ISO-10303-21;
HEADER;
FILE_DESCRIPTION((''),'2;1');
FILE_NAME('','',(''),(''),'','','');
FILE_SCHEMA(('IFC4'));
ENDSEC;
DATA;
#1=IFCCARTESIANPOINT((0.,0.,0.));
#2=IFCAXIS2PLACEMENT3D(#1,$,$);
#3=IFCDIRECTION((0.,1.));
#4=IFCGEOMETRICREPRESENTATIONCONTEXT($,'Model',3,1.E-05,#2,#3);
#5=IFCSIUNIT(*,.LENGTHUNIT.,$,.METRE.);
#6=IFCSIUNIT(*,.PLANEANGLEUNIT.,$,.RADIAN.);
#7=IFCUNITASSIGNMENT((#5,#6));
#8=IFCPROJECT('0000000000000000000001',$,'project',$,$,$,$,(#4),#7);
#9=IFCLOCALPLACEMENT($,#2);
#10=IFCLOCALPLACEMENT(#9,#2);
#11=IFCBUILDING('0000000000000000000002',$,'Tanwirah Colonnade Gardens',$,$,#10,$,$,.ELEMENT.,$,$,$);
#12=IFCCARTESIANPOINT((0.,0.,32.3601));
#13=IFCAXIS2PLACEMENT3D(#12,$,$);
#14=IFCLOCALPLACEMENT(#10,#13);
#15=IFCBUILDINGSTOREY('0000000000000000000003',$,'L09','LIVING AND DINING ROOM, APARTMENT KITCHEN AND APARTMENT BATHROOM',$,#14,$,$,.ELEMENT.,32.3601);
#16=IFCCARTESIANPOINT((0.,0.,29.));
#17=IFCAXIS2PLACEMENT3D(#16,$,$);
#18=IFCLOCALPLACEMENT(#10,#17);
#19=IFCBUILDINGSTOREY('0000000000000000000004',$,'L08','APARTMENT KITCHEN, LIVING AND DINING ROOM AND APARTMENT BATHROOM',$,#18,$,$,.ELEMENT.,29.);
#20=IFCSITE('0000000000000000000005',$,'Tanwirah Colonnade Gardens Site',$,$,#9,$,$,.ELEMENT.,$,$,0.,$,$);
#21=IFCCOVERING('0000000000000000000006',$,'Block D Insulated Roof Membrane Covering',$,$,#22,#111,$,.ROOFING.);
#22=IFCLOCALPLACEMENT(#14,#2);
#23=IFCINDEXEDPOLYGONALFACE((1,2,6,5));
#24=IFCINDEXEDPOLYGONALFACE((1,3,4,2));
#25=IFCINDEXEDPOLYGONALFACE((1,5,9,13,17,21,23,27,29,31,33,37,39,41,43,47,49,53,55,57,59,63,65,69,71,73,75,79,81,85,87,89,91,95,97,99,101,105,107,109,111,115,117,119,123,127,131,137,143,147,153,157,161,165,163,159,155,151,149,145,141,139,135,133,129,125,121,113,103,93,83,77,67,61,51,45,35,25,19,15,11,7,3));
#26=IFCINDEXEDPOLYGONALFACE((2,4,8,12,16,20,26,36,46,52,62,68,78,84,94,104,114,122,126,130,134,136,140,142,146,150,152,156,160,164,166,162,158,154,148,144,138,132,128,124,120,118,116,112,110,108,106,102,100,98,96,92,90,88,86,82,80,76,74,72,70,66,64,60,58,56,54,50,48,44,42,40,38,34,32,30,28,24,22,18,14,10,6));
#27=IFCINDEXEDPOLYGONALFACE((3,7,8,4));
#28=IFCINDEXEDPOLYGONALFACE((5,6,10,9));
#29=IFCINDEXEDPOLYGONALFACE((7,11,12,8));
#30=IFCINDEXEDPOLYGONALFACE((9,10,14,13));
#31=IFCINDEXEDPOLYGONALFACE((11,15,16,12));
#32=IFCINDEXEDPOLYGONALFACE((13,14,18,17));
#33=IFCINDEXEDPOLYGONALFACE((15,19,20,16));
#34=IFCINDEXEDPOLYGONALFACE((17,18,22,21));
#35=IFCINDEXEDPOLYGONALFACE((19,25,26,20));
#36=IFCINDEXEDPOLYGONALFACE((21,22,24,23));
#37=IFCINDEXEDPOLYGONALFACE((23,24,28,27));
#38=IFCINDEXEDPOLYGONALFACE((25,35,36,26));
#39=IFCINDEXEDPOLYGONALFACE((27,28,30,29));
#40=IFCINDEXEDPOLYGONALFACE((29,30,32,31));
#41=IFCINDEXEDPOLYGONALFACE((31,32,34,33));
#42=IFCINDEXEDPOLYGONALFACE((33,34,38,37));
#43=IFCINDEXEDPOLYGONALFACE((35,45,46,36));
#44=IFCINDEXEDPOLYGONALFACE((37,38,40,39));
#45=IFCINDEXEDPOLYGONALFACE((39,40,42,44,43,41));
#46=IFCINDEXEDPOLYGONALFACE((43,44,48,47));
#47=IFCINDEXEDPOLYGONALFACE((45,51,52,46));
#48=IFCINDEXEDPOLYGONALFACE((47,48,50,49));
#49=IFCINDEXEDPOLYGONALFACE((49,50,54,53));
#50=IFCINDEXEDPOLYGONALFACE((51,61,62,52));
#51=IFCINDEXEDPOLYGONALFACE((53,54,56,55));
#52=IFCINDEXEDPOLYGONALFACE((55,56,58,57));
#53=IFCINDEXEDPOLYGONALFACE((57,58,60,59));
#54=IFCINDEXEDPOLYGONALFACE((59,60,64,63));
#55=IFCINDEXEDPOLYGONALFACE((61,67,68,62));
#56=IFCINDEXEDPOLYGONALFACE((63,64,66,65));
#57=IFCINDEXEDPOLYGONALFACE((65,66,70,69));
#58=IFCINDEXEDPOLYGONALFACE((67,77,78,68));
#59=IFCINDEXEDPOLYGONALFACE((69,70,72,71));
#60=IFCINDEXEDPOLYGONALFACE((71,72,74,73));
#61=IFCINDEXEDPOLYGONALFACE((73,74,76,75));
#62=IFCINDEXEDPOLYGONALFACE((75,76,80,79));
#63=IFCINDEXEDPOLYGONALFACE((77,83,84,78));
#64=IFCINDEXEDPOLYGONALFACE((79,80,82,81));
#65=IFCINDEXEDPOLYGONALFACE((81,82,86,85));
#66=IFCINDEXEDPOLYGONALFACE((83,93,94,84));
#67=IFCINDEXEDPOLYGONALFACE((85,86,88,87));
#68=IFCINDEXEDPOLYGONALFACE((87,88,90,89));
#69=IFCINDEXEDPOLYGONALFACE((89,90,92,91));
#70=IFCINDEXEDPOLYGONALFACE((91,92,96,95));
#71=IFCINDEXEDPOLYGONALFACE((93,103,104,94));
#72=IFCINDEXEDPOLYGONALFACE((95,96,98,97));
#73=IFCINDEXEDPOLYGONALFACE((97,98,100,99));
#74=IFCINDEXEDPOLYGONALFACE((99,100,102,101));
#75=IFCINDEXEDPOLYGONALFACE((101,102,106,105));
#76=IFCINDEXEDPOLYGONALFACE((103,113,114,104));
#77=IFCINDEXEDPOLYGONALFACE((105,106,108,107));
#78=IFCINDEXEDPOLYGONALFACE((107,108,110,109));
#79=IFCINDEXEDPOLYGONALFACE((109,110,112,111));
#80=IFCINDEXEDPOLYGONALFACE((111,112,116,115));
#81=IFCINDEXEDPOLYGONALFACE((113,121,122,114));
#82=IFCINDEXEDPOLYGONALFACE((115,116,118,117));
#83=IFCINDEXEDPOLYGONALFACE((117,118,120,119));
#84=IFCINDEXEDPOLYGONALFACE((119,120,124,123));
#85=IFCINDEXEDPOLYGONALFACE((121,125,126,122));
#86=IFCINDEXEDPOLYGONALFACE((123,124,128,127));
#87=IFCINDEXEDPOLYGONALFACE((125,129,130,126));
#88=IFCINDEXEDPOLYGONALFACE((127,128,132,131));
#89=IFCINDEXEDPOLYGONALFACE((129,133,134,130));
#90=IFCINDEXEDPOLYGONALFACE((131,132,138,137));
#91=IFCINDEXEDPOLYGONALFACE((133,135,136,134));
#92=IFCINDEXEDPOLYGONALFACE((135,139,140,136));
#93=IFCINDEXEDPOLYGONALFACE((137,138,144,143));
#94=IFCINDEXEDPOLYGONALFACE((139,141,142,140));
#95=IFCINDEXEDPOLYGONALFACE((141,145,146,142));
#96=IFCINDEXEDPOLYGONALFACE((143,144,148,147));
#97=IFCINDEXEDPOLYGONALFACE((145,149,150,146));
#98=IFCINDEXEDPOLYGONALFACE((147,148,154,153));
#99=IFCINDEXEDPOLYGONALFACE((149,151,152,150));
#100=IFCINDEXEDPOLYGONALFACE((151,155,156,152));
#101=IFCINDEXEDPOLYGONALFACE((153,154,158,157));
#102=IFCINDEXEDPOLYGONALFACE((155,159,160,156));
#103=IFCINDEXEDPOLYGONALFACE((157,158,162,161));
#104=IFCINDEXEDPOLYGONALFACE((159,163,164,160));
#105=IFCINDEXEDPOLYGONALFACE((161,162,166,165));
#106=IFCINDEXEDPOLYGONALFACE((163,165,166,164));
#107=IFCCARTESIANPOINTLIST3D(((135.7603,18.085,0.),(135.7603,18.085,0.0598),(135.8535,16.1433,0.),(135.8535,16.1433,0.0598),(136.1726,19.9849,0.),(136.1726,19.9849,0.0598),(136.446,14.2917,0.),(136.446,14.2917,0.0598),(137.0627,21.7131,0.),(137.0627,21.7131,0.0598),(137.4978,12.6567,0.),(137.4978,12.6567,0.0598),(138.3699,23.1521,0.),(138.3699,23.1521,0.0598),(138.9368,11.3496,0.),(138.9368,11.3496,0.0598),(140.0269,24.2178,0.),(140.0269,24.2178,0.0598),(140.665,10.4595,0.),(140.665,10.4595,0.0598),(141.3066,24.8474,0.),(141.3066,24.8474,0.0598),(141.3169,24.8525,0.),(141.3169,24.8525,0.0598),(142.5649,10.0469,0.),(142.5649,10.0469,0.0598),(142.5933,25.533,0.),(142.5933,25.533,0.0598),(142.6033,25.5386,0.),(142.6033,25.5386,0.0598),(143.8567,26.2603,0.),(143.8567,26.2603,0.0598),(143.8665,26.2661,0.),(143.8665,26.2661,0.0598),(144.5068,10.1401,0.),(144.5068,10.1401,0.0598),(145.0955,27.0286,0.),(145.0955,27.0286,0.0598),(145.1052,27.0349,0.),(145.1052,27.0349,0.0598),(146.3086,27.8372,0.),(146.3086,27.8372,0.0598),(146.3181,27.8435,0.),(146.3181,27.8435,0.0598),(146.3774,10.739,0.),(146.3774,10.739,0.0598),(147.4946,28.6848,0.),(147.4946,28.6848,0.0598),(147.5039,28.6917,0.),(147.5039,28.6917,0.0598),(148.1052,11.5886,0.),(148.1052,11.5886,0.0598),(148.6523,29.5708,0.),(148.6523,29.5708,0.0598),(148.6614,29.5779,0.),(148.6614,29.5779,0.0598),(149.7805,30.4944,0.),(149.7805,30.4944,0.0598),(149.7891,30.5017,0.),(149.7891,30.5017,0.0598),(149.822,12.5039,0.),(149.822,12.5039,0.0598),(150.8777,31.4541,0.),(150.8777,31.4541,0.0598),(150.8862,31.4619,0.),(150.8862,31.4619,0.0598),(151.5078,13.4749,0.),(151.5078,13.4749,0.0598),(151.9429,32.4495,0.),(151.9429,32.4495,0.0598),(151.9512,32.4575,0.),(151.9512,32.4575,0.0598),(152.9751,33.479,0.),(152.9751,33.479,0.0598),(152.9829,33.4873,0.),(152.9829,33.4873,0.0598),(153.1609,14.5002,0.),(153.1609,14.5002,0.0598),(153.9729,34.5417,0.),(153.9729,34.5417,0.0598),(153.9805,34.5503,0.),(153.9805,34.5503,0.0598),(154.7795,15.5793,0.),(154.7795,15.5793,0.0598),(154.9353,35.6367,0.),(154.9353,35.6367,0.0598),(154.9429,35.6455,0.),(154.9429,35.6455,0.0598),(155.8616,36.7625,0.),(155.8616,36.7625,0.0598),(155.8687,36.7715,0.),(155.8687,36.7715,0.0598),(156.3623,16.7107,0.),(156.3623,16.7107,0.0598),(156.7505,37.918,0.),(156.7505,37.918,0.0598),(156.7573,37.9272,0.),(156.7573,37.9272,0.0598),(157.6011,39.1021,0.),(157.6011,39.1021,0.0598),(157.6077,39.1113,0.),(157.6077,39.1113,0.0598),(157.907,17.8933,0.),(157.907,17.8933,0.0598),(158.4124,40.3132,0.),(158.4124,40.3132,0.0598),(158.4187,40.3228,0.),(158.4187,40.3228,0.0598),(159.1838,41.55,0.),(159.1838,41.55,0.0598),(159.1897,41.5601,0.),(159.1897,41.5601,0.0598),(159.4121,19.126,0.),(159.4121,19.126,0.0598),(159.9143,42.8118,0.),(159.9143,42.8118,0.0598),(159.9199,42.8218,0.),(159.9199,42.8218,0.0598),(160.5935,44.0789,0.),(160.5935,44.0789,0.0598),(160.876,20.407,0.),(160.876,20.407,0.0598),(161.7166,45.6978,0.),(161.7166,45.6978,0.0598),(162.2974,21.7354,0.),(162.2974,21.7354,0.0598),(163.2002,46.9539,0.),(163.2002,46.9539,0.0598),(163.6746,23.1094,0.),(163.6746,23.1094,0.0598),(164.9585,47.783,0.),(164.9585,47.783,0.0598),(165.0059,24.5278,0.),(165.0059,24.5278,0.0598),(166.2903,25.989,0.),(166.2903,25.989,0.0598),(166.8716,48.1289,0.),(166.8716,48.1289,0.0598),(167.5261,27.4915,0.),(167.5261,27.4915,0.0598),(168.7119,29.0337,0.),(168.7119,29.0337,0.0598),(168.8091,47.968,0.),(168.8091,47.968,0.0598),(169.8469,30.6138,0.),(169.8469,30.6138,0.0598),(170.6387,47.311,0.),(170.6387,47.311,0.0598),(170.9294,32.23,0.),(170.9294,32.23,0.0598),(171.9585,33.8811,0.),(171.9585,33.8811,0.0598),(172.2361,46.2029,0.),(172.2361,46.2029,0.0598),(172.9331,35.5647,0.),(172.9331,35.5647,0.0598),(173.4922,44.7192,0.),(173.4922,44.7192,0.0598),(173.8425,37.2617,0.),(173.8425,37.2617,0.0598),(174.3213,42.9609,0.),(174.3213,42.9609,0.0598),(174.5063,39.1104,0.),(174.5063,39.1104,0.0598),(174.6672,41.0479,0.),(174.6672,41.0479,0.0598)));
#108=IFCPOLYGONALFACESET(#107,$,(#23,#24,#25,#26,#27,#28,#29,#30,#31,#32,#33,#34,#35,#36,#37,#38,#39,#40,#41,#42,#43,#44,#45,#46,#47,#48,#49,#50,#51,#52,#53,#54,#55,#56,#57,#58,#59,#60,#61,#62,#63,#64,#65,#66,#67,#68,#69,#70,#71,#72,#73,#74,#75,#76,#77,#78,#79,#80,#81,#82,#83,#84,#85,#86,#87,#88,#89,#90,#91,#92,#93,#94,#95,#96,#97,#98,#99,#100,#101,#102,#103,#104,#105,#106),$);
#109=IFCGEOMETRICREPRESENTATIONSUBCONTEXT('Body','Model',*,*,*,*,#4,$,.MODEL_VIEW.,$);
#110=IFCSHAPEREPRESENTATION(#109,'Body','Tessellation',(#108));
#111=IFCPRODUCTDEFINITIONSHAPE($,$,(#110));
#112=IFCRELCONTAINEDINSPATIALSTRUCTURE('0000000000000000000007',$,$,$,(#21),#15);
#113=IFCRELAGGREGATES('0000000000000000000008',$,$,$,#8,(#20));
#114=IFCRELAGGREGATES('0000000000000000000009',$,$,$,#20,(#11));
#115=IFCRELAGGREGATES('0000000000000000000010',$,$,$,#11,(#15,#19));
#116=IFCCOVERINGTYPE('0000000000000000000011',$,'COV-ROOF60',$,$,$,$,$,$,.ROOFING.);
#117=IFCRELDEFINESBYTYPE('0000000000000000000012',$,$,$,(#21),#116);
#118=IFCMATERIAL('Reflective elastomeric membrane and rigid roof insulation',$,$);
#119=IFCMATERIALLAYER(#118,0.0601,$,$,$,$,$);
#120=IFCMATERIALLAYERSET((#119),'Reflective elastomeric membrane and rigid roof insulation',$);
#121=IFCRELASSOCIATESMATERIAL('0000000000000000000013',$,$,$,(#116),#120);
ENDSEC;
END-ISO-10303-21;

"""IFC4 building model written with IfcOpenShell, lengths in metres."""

from ifc_helpers import new_model, si_unit, direction, frame, origin, place, context, subcontext, project, spatial, polyline, outline, extrude, material, layer, layer_set, type_object, element, save


model = new_model("IFC4")

# Units and contexts
model_context = context("Model", 3, precision=1e-05, world=origin(), true_north=direction((0.0, 1.0)))
body_context = subcontext(model_context, "Body", "Model", "MODEL_VIEW")
ifc_project = project(units=[si_unit("LENGTHUNIT", "METRE"), si_unit("PLANEANGLEUNIT", "RADIAN")], contexts=[model_context])

# Site, building, storey
site_placement = place(None, origin())
site = spatial("IfcSite", under=ifc_project, at=site_placement, Name="Tanwirah Colonnade Gardens Site", CompositionType="ELEMENT", RefElevation=0.0)
building_placement = place(site_placement, origin())
building = spatial("IfcBuilding", under=site, at=building_placement, Name="Tanwirah Colonnade Gardens", CompositionType="ELEMENT")
storey_1_placement = place(building_placement, frame((0.0, 0.0, 32.3601)))
storey_1 = spatial("IfcBuildingStorey", under=building, at=storey_1_placement, Name="L09", Description="LIVING AND DINING ROOM, APARTMENT KITCHEN AND APARTMENT BATHROOM", CompositionType="ELEMENT", Elevation=32.3601)

# Shared definitions
storey_2_placement = place(building_placement, frame((0.0, 0.0, 29.0)))
storey_2 = spatial("IfcBuildingStorey", under=building, at=storey_2_placement, Name="L08", Description="APARTMENT KITCHEN, LIVING AND DINING ROOM AND APARTMENT BATHROOM", CompositionType="ELEMENT", Elevation=29.0)

# Covering
ifc_material_1 = material(Name="Reflective elastomeric membrane and rigid roof insulation")
ifc_layer_1 = layer(ifc_material_1, 0.0601)
ifc_layer_set_1 = layer_set([ifc_layer_1], Name="Reflective elastomeric membrane and rigid roof insulation")
covering_type = type_object("IfcCoveringType", Name="COV-ROOF60", PredefinedType="ROOFING", material=ifc_layer_set_1)
covering_placement = place(storey_1_placement, origin())
element("IfcCovering", 1, at=covering_placement, inside=storey_1, type_object=covering_type, Name="Block D Insulated Roof Membrane Covering", PredefinedType="ROOFING", context=body_context, shape_type="SweptSolid", body=[
    extrude(outline(polyline([(138.3699, 23.1521), (140.0269, 24.2178), (141.3066, 24.8474), (141.3169, 24.8525), (142.5933, 25.533), (142.6033, 25.5386), (143.8567, 26.2603), (143.8665, 26.2661), (145.0955, 27.0286), (145.1052, 27.0349), (146.3086, 27.8372), (146.3181, 27.8435), (147.4946, 28.6848), (147.5039, 28.6917), (148.6523, 29.5708), (148.6614, 29.5779), (149.7805, 30.4944), (149.7891, 30.5017), (150.8777, 31.4541), (150.8862, 31.4619), (151.9429, 32.4495), (151.9512, 32.4575), (152.9751, 33.479), (152.9829, 33.4873), (153.9729, 34.5417), (153.9805, 34.5503), (154.9353, 35.6367), (154.9429, 35.6455), (155.8616, 36.7625), (155.8687, 36.7715), (156.7505, 37.918), (156.7573, 37.9272), (157.6011, 39.1021), (157.6077, 39.1113), (158.4124, 40.3132), (158.4187, 40.3228), (159.1838, 41.55), (159.1897, 41.5601), (159.9143, 42.8118), (159.9199, 42.8218), (160.5935, 44.0789), (161.7166, 45.6978), (163.2002, 46.9539), (164.9585, 47.783), (166.8716, 48.1289), (168.8091, 47.968), (170.6387, 47.311), (172.2361, 46.2029), (173.4922, 44.7192), (174.3213, 42.9609), (174.6672, 41.0479), (174.5063, 39.1104), (173.8425, 37.2617), (172.9331, 35.5647), (171.9585, 33.8811), (170.9294, 32.23), (169.8469, 30.6138), (168.7119, 29.0337), (167.5261, 27.4915), (166.2903, 25.989), (165.0059, 24.5278), (163.6746, 23.1094), (162.2974, 21.7354), (160.876, 20.407), (159.4121, 19.126), (157.907, 17.8933), (156.3623, 16.7107), (154.7795, 15.5793), (153.1609, 14.5002), (151.5078, 13.4749), (149.822, 12.5039), (148.1052, 11.5886), (146.3774, 10.739), (144.5068, 10.1401), (142.5649, 10.0469), (140.665, 10.4595), (138.9368, 11.3496), (137.4978, 12.6567), (136.446, 14.2917), (135.8535, 16.1433), (135.7603, 18.085), (136.1726, 19.9849), (137.0627, 21.7131), (138.3699, 23.1521)])), origin(), (0.0, 0.0, 1.0), 0.0598),
])

save(model, "model.ifc")
